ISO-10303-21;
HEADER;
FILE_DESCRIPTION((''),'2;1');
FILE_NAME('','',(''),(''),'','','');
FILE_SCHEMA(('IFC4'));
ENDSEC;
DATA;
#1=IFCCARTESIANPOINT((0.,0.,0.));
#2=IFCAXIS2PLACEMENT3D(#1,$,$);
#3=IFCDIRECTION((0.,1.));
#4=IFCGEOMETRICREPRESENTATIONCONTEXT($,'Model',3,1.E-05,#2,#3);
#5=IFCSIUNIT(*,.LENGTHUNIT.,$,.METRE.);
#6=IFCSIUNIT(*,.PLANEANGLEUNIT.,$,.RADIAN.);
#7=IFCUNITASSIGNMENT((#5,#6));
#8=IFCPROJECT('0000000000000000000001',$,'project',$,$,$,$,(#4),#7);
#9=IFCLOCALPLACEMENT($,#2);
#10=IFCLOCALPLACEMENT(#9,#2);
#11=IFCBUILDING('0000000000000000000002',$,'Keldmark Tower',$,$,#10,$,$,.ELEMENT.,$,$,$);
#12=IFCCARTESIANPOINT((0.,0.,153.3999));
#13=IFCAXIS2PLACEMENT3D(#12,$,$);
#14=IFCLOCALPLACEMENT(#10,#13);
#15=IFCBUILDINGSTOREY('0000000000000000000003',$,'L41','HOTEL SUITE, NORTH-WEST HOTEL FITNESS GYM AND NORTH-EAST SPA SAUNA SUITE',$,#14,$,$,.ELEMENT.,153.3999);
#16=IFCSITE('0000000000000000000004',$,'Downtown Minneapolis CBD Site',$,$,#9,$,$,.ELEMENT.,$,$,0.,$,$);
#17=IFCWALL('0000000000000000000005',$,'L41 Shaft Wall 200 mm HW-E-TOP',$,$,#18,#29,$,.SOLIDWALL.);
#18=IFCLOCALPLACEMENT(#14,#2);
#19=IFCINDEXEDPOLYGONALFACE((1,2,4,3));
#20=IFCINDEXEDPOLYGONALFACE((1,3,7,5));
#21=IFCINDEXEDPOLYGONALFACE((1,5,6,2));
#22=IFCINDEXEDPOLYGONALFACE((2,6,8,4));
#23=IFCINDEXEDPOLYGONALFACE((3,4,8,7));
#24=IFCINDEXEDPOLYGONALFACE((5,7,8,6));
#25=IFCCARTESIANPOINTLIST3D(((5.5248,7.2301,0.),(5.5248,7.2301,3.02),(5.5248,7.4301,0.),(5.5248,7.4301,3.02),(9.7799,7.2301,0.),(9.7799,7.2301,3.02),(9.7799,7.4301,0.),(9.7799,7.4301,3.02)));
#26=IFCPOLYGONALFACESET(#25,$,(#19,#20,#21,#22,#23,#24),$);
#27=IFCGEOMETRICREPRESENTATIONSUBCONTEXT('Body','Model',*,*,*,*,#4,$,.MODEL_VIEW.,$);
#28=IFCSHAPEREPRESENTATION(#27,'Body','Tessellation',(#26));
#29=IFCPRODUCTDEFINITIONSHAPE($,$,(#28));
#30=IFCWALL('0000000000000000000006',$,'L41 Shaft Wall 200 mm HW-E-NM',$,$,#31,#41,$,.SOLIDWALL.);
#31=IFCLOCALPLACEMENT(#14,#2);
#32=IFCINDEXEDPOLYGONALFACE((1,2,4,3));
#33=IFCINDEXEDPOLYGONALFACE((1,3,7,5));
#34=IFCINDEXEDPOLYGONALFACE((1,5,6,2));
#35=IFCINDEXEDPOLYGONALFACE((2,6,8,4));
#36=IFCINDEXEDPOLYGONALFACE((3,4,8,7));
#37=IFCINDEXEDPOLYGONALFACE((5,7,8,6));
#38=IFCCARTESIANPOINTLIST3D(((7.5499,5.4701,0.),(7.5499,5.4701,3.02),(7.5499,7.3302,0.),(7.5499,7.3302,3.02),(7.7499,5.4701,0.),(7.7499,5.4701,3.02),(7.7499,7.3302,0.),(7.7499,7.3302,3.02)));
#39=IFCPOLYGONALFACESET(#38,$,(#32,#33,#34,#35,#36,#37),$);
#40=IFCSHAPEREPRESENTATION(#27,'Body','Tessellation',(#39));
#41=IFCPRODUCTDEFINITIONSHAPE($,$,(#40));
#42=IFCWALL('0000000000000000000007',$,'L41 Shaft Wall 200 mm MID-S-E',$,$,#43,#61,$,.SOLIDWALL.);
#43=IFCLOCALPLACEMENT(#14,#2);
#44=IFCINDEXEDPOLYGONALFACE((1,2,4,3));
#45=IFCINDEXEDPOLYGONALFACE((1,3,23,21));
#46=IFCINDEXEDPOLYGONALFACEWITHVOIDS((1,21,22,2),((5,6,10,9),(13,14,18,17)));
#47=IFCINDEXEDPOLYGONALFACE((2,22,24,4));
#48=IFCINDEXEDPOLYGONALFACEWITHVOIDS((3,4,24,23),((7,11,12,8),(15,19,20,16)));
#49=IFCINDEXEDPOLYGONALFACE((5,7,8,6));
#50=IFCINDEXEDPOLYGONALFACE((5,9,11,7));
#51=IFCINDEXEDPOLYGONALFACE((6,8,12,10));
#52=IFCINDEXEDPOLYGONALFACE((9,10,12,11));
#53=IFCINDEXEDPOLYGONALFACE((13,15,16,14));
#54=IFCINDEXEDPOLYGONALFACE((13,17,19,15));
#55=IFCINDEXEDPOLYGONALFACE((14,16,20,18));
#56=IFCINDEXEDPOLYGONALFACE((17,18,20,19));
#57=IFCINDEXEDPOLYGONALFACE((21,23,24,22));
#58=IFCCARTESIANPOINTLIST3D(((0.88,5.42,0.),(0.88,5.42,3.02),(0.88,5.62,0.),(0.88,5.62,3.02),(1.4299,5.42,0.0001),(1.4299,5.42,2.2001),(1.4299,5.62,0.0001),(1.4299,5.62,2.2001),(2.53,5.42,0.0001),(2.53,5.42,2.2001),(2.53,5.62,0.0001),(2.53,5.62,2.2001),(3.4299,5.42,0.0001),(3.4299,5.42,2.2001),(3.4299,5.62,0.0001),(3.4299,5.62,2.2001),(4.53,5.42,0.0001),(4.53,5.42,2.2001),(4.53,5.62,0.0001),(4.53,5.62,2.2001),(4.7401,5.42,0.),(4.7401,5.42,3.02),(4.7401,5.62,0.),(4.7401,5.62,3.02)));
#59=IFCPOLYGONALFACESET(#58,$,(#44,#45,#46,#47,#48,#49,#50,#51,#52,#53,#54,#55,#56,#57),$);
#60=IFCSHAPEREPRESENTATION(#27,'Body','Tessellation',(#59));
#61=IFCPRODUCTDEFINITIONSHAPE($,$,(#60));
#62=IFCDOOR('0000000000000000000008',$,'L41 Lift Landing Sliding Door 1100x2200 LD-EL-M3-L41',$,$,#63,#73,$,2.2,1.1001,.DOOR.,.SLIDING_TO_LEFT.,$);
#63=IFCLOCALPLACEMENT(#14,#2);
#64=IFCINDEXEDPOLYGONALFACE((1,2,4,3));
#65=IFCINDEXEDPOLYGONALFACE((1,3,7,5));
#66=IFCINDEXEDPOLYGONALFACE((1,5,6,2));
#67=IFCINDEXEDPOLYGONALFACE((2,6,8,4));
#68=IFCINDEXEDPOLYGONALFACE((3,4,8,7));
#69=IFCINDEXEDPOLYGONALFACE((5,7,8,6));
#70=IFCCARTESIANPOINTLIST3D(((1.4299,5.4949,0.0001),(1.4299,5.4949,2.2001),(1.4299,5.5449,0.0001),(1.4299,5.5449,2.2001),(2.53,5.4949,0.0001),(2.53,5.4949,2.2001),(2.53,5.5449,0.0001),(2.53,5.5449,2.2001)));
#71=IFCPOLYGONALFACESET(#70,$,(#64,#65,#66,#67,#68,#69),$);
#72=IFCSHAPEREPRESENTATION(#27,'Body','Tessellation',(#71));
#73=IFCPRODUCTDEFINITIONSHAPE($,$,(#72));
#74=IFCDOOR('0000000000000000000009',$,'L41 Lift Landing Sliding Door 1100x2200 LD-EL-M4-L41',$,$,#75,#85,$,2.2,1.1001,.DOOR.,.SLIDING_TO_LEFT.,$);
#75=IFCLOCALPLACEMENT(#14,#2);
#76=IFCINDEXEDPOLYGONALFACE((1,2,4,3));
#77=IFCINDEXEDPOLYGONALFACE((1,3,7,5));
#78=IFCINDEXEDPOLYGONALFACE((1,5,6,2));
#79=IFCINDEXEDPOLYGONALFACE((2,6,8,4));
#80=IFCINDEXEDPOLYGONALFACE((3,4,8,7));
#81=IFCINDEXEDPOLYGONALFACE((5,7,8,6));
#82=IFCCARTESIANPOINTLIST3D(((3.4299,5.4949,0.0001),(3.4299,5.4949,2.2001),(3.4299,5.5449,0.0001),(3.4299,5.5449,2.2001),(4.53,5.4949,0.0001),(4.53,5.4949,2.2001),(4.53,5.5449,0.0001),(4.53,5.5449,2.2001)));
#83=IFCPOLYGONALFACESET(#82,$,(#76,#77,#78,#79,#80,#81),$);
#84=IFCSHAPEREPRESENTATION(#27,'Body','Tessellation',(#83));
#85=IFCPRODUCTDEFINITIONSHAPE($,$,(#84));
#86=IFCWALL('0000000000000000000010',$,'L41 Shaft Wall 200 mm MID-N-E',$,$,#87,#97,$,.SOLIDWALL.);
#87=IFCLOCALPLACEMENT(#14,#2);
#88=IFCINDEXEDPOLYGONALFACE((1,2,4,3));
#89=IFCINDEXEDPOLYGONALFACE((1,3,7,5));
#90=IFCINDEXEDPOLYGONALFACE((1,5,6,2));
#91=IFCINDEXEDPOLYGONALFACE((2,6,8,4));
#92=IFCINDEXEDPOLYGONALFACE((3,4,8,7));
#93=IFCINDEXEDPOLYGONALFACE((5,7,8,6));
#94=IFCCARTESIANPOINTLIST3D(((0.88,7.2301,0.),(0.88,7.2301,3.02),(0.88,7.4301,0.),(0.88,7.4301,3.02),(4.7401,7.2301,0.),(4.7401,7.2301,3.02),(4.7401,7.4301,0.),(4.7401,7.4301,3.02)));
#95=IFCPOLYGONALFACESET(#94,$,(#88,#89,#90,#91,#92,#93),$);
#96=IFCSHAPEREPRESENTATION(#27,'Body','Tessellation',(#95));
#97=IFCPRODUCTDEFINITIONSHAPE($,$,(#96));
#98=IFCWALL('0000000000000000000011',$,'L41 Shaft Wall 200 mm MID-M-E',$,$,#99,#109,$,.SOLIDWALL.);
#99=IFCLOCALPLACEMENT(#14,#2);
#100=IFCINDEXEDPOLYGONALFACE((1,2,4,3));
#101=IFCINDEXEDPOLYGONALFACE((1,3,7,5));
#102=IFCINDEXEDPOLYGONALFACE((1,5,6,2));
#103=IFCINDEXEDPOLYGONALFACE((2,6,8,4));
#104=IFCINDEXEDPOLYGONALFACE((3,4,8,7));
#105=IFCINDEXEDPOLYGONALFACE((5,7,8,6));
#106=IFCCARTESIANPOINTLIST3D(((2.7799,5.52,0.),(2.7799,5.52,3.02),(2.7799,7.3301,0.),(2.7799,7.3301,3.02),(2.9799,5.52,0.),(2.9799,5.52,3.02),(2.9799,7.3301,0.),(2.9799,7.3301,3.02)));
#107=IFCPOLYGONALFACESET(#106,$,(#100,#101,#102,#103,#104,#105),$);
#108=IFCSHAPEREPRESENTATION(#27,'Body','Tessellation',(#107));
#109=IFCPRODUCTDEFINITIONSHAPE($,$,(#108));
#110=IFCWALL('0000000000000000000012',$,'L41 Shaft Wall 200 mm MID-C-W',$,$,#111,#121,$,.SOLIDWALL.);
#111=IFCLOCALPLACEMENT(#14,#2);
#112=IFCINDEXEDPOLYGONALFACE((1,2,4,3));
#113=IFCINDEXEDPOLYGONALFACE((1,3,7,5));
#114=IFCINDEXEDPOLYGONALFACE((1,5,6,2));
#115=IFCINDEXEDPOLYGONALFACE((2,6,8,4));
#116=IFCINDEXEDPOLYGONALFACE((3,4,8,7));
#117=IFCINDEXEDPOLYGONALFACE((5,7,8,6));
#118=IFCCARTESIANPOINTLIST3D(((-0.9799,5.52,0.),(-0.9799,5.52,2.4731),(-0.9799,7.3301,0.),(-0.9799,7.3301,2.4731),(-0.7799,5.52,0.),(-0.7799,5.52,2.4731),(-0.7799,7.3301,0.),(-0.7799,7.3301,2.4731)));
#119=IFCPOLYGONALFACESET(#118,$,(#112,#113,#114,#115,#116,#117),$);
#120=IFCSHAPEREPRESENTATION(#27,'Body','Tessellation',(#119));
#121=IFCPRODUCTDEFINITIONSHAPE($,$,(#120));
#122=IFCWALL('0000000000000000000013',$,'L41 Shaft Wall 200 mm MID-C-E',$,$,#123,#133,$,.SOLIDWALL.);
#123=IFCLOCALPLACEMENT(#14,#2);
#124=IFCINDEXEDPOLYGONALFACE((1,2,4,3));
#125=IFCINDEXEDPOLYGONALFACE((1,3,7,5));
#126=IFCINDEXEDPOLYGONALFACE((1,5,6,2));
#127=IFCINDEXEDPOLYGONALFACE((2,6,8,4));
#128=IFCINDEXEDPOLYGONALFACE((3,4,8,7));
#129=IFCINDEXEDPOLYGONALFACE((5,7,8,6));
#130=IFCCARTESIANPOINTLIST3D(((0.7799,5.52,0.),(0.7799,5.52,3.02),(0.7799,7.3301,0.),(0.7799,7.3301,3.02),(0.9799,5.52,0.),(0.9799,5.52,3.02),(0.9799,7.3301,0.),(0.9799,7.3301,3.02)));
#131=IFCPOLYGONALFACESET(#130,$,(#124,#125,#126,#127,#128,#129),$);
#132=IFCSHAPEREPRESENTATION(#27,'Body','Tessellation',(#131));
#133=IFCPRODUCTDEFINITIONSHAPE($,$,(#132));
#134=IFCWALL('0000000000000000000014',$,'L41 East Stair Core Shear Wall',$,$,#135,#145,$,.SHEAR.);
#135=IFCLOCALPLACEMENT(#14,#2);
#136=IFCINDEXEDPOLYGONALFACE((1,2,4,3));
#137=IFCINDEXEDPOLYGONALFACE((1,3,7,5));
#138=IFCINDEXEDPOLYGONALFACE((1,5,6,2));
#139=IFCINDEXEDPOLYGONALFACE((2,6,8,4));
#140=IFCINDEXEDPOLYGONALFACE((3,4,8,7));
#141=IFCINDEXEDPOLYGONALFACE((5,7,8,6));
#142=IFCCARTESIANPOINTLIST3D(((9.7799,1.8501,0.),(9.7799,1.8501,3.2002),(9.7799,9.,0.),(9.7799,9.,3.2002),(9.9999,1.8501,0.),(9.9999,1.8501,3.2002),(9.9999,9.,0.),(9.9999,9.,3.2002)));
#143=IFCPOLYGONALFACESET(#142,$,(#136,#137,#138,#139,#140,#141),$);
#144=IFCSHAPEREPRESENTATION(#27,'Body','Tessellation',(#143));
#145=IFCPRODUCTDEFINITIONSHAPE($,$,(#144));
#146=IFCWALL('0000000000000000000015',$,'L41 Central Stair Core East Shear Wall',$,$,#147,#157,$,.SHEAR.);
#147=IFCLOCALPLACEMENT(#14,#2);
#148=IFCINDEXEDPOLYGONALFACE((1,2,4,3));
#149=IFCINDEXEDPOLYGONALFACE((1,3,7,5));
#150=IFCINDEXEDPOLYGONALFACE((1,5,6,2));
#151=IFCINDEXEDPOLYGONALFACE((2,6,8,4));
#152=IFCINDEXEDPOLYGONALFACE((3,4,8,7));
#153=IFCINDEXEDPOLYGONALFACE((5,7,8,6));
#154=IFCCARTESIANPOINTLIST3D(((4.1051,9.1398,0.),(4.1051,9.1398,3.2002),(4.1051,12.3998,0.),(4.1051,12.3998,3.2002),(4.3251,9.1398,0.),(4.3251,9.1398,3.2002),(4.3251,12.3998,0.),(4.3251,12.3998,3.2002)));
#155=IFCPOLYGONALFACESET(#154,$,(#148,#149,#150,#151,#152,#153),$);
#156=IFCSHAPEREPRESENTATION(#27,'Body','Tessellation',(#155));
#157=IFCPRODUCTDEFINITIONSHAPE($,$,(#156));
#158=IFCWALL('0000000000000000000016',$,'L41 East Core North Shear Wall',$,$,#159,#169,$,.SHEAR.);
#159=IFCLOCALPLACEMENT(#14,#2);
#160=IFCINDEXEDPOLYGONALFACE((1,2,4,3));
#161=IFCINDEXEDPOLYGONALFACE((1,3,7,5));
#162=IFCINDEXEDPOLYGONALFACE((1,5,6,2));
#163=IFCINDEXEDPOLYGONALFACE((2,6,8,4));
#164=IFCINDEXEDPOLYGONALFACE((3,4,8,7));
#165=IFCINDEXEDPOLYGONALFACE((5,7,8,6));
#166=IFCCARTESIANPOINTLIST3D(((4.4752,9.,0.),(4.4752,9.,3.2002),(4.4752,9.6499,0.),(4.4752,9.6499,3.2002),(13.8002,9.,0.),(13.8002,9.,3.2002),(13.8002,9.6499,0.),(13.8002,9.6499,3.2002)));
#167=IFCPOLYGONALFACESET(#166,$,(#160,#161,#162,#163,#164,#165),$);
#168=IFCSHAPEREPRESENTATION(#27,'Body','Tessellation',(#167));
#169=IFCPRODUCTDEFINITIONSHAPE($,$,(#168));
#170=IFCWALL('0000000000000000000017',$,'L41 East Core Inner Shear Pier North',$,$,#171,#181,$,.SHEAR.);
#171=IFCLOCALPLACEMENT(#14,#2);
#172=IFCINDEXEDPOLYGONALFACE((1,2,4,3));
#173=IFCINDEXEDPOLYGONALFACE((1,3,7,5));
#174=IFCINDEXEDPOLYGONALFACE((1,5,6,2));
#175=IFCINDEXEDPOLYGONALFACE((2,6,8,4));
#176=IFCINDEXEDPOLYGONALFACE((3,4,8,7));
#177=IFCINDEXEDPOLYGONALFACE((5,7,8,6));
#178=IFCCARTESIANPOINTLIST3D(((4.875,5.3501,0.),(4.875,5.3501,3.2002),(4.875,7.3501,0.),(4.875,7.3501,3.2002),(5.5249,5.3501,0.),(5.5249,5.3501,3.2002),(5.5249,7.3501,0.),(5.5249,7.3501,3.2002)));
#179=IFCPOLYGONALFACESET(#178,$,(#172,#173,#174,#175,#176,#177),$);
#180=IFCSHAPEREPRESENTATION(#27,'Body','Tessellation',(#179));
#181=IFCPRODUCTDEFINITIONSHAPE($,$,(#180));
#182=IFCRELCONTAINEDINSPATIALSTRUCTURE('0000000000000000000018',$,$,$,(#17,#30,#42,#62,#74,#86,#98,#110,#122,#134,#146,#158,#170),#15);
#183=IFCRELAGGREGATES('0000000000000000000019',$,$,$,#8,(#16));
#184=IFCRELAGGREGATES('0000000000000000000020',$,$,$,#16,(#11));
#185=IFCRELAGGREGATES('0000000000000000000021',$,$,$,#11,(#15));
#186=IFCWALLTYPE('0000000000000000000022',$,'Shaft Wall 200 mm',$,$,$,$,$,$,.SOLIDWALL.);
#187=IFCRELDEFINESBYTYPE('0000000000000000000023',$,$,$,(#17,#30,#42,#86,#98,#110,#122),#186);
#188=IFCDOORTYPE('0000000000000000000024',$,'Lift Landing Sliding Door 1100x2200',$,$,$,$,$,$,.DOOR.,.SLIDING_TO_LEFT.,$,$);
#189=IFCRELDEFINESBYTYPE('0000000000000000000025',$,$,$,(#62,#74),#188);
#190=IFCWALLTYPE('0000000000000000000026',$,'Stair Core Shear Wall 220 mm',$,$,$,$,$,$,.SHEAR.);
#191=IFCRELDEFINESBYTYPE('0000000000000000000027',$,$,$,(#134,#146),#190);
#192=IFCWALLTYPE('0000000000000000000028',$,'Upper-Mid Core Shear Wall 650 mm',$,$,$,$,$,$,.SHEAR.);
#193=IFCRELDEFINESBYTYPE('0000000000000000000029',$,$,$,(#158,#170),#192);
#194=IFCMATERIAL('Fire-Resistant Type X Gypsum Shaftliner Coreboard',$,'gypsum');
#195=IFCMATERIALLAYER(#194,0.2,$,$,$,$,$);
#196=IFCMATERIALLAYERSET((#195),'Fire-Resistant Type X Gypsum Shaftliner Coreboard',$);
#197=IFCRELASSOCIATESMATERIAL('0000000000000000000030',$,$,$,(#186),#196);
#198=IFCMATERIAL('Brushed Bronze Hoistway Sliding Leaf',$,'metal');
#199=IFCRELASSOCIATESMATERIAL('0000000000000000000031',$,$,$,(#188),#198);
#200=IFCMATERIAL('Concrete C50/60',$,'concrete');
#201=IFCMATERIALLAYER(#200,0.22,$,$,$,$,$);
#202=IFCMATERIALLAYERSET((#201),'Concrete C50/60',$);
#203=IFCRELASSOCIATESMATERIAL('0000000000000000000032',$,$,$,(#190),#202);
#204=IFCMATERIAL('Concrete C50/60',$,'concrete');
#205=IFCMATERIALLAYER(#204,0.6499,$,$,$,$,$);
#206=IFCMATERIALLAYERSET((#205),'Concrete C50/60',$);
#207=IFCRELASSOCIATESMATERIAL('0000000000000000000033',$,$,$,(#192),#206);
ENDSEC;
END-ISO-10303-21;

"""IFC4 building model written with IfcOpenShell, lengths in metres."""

from ifc_helpers import new_model, si_unit, direction, frame, frame_2d, origin, place, context, subcontext, project, spatial, rectangle, extrude, material, layer, layer_set, type_object, element, fill, save


model = new_model("IFC4")

# Units and contexts
model_context = context("Model", 3, precision=1e-05, world=origin(), true_north=direction((0.0, 1.0)))
body_context = subcontext(model_context, "Body", "Model", "MODEL_VIEW")
ifc_project = project(units=[si_unit("LENGTHUNIT", "METRE"), si_unit("PLANEANGLEUNIT", "RADIAN")], contexts=[model_context])

# Site, building, storey
site_placement = place(None, origin())
site = spatial("IfcSite", under=ifc_project, at=site_placement, Name="Downtown Minneapolis CBD Site", CompositionType="ELEMENT", RefElevation=0.0)
building_placement = place(site_placement, origin())
building = spatial("IfcBuilding", under=site, at=building_placement, Name="Keldmark Tower", CompositionType="ELEMENT")
storey_placement = place(building_placement, frame((0.0, 0.0, 153.3999)))
storey = spatial("IfcBuildingStorey", under=building, at=storey_placement, Name="L41", Description="HOTEL SUITE, NORTH-WEST HOTEL FITNESS GYM AND NORTH-EAST SPA SAUNA SUITE", CompositionType="ELEMENT", Elevation=153.3999)

# Shared definitions
ifc_material_1 = material(Name="Fire-Resistant Type X Gypsum Shaftliner Coreboard", Category="gypsum")
ifc_layer_1 = layer(ifc_material_1, 0.2)
ifc_layer_set_1 = layer_set([ifc_layer_1], Name="Fire-Resistant Type X Gypsum Shaftliner Coreboard")
wall_type_1 = type_object("IfcWallType", Name="Shaft Wall 200 mm", PredefinedType="SOLIDWALL", material=ifc_layer_set_1)

# Walls
for number, where, z_axis, x_axis, name in (
    (1, (5.5249, 7.3301, 0.0), (0.0, 0.0, 1.0), (1.0, 0.0, 0.0), "L41 Shaft Wall 200 mm HW-E-TOP"),
):
    element("IfcWall", number, at=place(storey_placement, frame(where, z_axis=z_axis, x_axis=x_axis)), inside=storey, type_object=wall_type_1, Name=name, PredefinedType="SOLIDWALL", context=body_context, shape_type="SweptSolid", body=[
        extrude(rectangle(XDim=4.2551, YDim=0.2, at=frame_2d((2.1274, 0.0))), origin(), (0.0, 0.0, 1.0), 3.02),
    ])
wall_1_placement = place(storey_placement, frame((7.6499, 5.47, 0.0), z_axis=(0.0, 0.0, 1.0), x_axis=(0.0, 1.0, 0.0)))
element("IfcWall", 2, at=wall_1_placement, inside=storey, type_object=wall_type_1, Name="L41 Shaft Wall 200 mm HW-E-NM", PredefinedType="SOLIDWALL", context=body_context, shape_type="SweptSolid", body=[
    extrude(rectangle(XDim=1.8601, YDim=0.2, at=frame_2d((0.9302, 0.0))), origin(), (0.0, 0.0, 1.0), 3.02),
])

# Wall, openings, doors
wall_2_placement = place(storey_placement, frame((0.8799, 5.52, 0.0), z_axis=(0.0, 0.0, 1.0), x_axis=(1.0, 0.0, 0.0)))
wall_2 = element("IfcWall", 3, at=wall_2_placement, inside=storey, type_object=wall_type_1, Name="L41 Shaft Wall 200 mm MID-S-E", PredefinedType="SOLIDWALL", context=body_context, shape_type="SweptSolid", body=[
    extrude(rectangle(XDim=3.8601, YDim=0.2, at=frame_2d((1.9302, 0.0))), origin(), (0.0, 0.0, 1.0), 3.02),
])
opening_1_placement = place(wall_2_placement, frame((0.55, 0.0, 0.0)))
opening_1 = element("IfcOpeningElement", 4, at=opening_1_placement, cuts=wall_2, PredefinedType="OPENING", context=body_context, shape_type="SweptSolid", body=[
    extrude(rectangle(XDim=1.1001, YDim=2.2, at=frame_2d((0.55, 1.1001))), frame((0.0, 0.1099, 0.0), z_axis=(0.0, -1.0, 0.0), x_axis=(1.0, 0.0, 0.0)), (0.0, 0.0, 1.0), 0.22),
])
opening_2_placement = place(wall_2_placement, frame((2.55, 0.0, 0.0)))
opening_2 = element("IfcOpeningElement", 5, at=opening_2_placement, cuts=wall_2, PredefinedType="OPENING", context=body_context, shape_type="SweptSolid", body=[
    extrude(rectangle(XDim=1.1001, YDim=2.2, at=frame_2d((0.55, 1.1001))), frame((0.0, 0.1099, 0.0), z_axis=(0.0, -1.0, 0.0), x_axis=(1.0, 0.0, 0.0)), (0.0, 0.0, 1.0), 0.22),
])
ifc_material_2 = material(Name="Brushed Bronze Hoistway Sliding Leaf", Category="metal")
door_type_1 = type_object("IfcDoorType", Name="Lift Landing Sliding Door 1100x2200", OperationType="SLIDING_TO_LEFT", PredefinedType="DOOR", material=ifc_material_2)
door_1_placement = place(opening_1_placement, origin())
door_1 = element("IfcDoor", 6, at=door_1_placement, inside=storey, type_object=door_type_1, Name="L41 Lift Landing Sliding Door 1100x2200 LD-EL-M3-L41", OperationType="SLIDING_TO_LEFT", OverallHeight=2.2, OverallWidth=1.1001, PredefinedType="DOOR", context=body_context, shape_type="SweptSolid", body=[
    extrude(rectangle(XDim=1.1001, YDim=2.2, at=frame_2d((0.55, 1.1001))), frame((0.0, 0.0249, 0.0), z_axis=(0.0, -1.0, 0.0), x_axis=(1.0, 0.0, 0.0)), (0.0, 0.0, 1.0), 0.05),
])
fill(opening_1, door_1)
door_2_placement = place(opening_2_placement, origin())
door_2 = element("IfcDoor", 7, at=door_2_placement, inside=storey, type_object=door_type_1, Name="L41 Lift Landing Sliding Door 1100x2200 LD-EL-M4-L41", OperationType="SLIDING_TO_LEFT", OverallHeight=2.2, OverallWidth=1.1001, PredefinedType="DOOR", context=body_context, shape_type="SweptSolid", body=[
    extrude(rectangle(XDim=1.1001, YDim=2.2, at=frame_2d((0.55, 1.1001))), frame((0.0, 0.0249, 0.0), z_axis=(0.0, -1.0, 0.0), x_axis=(1.0, 0.0, 0.0)), (0.0, 0.0, 1.0), 0.05),
])
fill(opening_2, door_2)

# Walls
wall_3_placement = place(storey_placement, frame((0.8799, 7.3301, 0.0), z_axis=(0.0, 0.0, 1.0), x_axis=(1.0, 0.0, 0.0)))
element("IfcWall", 8, at=wall_3_placement, inside=storey, type_object=wall_type_1, Name="L41 Shaft Wall 200 mm MID-N-E", PredefinedType="SOLIDWALL", context=body_context, shape_type="SweptSolid", body=[
    extrude(rectangle(XDim=3.8601, YDim=0.2, at=frame_2d((1.9302, 0.0))), origin(), (0.0, 0.0, 1.0), 3.02),
])
wall_4_placement = place(storey_placement, frame((2.8799, 5.52, 0.0), z_axis=(0.0, 0.0, 1.0), x_axis=(0.0, 1.0, 0.0)))
element("IfcWall", 9, at=wall_4_placement, inside=storey, type_object=wall_type_1, Name="L41 Shaft Wall 200 mm MID-M-E", PredefinedType="SOLIDWALL", context=body_context, shape_type="SweptSolid", body=[
    extrude(rectangle(XDim=1.8101, YDim=0.2, at=frame_2d((0.905, 0.0))), origin(), (0.0, 0.0, 1.0), 3.02),
])
wall_5_placement = place(storey_placement, frame((-0.8799, 5.52, 0.0), z_axis=(0.0, 0.0, 1.0), x_axis=(0.0, 1.0, 0.0)))
element("IfcWall", 10, at=wall_5_placement, inside=storey, type_object=wall_type_1, Name="L41 Shaft Wall 200 mm MID-C-W", PredefinedType="SOLIDWALL", context=body_context, shape_type="SweptSolid", body=[
    extrude(rectangle(XDim=1.8101, YDim=0.2, at=frame_2d((0.905, 0.0))), origin(), (0.0, 0.0, 1.0), 2.4731),
])
wall_6_placement = place(storey_placement, frame((0.8799, 5.52, 0.0), z_axis=(0.0, 0.0, 1.0), x_axis=(0.0, 1.0, 0.0)))
element("IfcWall", 11, at=wall_6_placement, inside=storey, type_object=wall_type_1, Name="L41 Shaft Wall 200 mm MID-C-E", PredefinedType="SOLIDWALL", context=body_context, shape_type="SweptSolid", body=[
    extrude(rectangle(XDim=1.8101, YDim=0.2, at=frame_2d((0.905, 0.0))), origin(), (0.0, 0.0, 1.0), 3.02),
])
ifc_material_3 = material(Name="Concrete C50/60", Category="concrete")
ifc_layer_2 = layer(ifc_material_3, 0.22)
ifc_layer_set_2 = layer_set([ifc_layer_2], Name="Concrete C50/60")
wall_type_2 = type_object("IfcWallType", Name="Stair Core Shear Wall 220 mm", PredefinedType="SHEAR", material=ifc_layer_set_2)
wall_7_placement = place(storey_placement, frame((9.8899, 1.8501, 0.0), z_axis=(0.0, 0.0, 1.0), x_axis=(0.0, 1.0, 0.0)))
element("IfcWall", 12, at=wall_7_placement, inside=storey, type_object=wall_type_2, Name="L41 East Stair Core Shear Wall", PredefinedType="SHEAR", context=body_context, shape_type="SweptSolid", body=[
    extrude(rectangle(XDim=7.1499, YDim=0.22, at=frame_2d((3.575, 0.0))), origin(), (0.0, 0.0, 1.0), 3.2002),
])
wall_8_placement = place(storey_placement, frame((4.2151, 9.1399, 0.0), z_axis=(0.0, 0.0, 1.0), x_axis=(0.0, 1.0, 0.0)))
element("IfcWall", 13, at=wall_8_placement, inside=storey, type_object=wall_type_2, Name="L41 Central Stair Core East Shear Wall", PredefinedType="SHEAR", context=body_context, shape_type="SweptSolid", body=[
    extrude(rectangle(XDim=3.26, YDim=0.22, at=frame_2d((1.6299, 0.0))), origin(), (0.0, 0.0, 1.0), 3.2002),
])
ifc_material_4 = material(Name="Concrete C50/60", Category="concrete")
ifc_layer_3 = layer(ifc_material_4, 0.6499)
ifc_layer_set_3 = layer_set([ifc_layer_3], Name="Concrete C50/60")
wall_type_3 = type_object("IfcWallType", Name="Upper-Mid Core Shear Wall 650 mm", PredefinedType="SHEAR", material=ifc_layer_set_3)
wall_9_placement = place(storey_placement, frame((4.4751, 9.325, 0.0), z_axis=(0.0, 0.0, 1.0), x_axis=(1.0, 0.0, 0.0)))
element("IfcWall", 14, at=wall_9_placement, inside=storey, type_object=wall_type_3, Name="L41 East Core North Shear Wall", PredefinedType="SHEAR", context=body_context, shape_type="SweptSolid", body=[
    extrude(rectangle(XDim=9.325, YDim=0.6499, at=frame_2d((4.6626, 0.0))), origin(), (0.0, 0.0, 1.0), 3.2002),
])
wall_10_placement = place(storey_placement, frame((5.2, 5.3501, 0.0), z_axis=(0.0, 0.0, 1.0), x_axis=(0.0, 1.0, 0.0)))
element("IfcWall", 15, at=wall_10_placement, inside=storey, type_object=wall_type_3, Name="L41 East Core Inner Shear Pier North", PredefinedType="SHEAR", context=body_context, shape_type="SweptSolid", body=[
    extrude(rectangle(XDim=2.0, YDim=0.6499, at=frame_2d((1.0, 0.0))), origin(), (0.0, 0.0, 1.0), 3.2002),
])

save(model, "model.ifc")
